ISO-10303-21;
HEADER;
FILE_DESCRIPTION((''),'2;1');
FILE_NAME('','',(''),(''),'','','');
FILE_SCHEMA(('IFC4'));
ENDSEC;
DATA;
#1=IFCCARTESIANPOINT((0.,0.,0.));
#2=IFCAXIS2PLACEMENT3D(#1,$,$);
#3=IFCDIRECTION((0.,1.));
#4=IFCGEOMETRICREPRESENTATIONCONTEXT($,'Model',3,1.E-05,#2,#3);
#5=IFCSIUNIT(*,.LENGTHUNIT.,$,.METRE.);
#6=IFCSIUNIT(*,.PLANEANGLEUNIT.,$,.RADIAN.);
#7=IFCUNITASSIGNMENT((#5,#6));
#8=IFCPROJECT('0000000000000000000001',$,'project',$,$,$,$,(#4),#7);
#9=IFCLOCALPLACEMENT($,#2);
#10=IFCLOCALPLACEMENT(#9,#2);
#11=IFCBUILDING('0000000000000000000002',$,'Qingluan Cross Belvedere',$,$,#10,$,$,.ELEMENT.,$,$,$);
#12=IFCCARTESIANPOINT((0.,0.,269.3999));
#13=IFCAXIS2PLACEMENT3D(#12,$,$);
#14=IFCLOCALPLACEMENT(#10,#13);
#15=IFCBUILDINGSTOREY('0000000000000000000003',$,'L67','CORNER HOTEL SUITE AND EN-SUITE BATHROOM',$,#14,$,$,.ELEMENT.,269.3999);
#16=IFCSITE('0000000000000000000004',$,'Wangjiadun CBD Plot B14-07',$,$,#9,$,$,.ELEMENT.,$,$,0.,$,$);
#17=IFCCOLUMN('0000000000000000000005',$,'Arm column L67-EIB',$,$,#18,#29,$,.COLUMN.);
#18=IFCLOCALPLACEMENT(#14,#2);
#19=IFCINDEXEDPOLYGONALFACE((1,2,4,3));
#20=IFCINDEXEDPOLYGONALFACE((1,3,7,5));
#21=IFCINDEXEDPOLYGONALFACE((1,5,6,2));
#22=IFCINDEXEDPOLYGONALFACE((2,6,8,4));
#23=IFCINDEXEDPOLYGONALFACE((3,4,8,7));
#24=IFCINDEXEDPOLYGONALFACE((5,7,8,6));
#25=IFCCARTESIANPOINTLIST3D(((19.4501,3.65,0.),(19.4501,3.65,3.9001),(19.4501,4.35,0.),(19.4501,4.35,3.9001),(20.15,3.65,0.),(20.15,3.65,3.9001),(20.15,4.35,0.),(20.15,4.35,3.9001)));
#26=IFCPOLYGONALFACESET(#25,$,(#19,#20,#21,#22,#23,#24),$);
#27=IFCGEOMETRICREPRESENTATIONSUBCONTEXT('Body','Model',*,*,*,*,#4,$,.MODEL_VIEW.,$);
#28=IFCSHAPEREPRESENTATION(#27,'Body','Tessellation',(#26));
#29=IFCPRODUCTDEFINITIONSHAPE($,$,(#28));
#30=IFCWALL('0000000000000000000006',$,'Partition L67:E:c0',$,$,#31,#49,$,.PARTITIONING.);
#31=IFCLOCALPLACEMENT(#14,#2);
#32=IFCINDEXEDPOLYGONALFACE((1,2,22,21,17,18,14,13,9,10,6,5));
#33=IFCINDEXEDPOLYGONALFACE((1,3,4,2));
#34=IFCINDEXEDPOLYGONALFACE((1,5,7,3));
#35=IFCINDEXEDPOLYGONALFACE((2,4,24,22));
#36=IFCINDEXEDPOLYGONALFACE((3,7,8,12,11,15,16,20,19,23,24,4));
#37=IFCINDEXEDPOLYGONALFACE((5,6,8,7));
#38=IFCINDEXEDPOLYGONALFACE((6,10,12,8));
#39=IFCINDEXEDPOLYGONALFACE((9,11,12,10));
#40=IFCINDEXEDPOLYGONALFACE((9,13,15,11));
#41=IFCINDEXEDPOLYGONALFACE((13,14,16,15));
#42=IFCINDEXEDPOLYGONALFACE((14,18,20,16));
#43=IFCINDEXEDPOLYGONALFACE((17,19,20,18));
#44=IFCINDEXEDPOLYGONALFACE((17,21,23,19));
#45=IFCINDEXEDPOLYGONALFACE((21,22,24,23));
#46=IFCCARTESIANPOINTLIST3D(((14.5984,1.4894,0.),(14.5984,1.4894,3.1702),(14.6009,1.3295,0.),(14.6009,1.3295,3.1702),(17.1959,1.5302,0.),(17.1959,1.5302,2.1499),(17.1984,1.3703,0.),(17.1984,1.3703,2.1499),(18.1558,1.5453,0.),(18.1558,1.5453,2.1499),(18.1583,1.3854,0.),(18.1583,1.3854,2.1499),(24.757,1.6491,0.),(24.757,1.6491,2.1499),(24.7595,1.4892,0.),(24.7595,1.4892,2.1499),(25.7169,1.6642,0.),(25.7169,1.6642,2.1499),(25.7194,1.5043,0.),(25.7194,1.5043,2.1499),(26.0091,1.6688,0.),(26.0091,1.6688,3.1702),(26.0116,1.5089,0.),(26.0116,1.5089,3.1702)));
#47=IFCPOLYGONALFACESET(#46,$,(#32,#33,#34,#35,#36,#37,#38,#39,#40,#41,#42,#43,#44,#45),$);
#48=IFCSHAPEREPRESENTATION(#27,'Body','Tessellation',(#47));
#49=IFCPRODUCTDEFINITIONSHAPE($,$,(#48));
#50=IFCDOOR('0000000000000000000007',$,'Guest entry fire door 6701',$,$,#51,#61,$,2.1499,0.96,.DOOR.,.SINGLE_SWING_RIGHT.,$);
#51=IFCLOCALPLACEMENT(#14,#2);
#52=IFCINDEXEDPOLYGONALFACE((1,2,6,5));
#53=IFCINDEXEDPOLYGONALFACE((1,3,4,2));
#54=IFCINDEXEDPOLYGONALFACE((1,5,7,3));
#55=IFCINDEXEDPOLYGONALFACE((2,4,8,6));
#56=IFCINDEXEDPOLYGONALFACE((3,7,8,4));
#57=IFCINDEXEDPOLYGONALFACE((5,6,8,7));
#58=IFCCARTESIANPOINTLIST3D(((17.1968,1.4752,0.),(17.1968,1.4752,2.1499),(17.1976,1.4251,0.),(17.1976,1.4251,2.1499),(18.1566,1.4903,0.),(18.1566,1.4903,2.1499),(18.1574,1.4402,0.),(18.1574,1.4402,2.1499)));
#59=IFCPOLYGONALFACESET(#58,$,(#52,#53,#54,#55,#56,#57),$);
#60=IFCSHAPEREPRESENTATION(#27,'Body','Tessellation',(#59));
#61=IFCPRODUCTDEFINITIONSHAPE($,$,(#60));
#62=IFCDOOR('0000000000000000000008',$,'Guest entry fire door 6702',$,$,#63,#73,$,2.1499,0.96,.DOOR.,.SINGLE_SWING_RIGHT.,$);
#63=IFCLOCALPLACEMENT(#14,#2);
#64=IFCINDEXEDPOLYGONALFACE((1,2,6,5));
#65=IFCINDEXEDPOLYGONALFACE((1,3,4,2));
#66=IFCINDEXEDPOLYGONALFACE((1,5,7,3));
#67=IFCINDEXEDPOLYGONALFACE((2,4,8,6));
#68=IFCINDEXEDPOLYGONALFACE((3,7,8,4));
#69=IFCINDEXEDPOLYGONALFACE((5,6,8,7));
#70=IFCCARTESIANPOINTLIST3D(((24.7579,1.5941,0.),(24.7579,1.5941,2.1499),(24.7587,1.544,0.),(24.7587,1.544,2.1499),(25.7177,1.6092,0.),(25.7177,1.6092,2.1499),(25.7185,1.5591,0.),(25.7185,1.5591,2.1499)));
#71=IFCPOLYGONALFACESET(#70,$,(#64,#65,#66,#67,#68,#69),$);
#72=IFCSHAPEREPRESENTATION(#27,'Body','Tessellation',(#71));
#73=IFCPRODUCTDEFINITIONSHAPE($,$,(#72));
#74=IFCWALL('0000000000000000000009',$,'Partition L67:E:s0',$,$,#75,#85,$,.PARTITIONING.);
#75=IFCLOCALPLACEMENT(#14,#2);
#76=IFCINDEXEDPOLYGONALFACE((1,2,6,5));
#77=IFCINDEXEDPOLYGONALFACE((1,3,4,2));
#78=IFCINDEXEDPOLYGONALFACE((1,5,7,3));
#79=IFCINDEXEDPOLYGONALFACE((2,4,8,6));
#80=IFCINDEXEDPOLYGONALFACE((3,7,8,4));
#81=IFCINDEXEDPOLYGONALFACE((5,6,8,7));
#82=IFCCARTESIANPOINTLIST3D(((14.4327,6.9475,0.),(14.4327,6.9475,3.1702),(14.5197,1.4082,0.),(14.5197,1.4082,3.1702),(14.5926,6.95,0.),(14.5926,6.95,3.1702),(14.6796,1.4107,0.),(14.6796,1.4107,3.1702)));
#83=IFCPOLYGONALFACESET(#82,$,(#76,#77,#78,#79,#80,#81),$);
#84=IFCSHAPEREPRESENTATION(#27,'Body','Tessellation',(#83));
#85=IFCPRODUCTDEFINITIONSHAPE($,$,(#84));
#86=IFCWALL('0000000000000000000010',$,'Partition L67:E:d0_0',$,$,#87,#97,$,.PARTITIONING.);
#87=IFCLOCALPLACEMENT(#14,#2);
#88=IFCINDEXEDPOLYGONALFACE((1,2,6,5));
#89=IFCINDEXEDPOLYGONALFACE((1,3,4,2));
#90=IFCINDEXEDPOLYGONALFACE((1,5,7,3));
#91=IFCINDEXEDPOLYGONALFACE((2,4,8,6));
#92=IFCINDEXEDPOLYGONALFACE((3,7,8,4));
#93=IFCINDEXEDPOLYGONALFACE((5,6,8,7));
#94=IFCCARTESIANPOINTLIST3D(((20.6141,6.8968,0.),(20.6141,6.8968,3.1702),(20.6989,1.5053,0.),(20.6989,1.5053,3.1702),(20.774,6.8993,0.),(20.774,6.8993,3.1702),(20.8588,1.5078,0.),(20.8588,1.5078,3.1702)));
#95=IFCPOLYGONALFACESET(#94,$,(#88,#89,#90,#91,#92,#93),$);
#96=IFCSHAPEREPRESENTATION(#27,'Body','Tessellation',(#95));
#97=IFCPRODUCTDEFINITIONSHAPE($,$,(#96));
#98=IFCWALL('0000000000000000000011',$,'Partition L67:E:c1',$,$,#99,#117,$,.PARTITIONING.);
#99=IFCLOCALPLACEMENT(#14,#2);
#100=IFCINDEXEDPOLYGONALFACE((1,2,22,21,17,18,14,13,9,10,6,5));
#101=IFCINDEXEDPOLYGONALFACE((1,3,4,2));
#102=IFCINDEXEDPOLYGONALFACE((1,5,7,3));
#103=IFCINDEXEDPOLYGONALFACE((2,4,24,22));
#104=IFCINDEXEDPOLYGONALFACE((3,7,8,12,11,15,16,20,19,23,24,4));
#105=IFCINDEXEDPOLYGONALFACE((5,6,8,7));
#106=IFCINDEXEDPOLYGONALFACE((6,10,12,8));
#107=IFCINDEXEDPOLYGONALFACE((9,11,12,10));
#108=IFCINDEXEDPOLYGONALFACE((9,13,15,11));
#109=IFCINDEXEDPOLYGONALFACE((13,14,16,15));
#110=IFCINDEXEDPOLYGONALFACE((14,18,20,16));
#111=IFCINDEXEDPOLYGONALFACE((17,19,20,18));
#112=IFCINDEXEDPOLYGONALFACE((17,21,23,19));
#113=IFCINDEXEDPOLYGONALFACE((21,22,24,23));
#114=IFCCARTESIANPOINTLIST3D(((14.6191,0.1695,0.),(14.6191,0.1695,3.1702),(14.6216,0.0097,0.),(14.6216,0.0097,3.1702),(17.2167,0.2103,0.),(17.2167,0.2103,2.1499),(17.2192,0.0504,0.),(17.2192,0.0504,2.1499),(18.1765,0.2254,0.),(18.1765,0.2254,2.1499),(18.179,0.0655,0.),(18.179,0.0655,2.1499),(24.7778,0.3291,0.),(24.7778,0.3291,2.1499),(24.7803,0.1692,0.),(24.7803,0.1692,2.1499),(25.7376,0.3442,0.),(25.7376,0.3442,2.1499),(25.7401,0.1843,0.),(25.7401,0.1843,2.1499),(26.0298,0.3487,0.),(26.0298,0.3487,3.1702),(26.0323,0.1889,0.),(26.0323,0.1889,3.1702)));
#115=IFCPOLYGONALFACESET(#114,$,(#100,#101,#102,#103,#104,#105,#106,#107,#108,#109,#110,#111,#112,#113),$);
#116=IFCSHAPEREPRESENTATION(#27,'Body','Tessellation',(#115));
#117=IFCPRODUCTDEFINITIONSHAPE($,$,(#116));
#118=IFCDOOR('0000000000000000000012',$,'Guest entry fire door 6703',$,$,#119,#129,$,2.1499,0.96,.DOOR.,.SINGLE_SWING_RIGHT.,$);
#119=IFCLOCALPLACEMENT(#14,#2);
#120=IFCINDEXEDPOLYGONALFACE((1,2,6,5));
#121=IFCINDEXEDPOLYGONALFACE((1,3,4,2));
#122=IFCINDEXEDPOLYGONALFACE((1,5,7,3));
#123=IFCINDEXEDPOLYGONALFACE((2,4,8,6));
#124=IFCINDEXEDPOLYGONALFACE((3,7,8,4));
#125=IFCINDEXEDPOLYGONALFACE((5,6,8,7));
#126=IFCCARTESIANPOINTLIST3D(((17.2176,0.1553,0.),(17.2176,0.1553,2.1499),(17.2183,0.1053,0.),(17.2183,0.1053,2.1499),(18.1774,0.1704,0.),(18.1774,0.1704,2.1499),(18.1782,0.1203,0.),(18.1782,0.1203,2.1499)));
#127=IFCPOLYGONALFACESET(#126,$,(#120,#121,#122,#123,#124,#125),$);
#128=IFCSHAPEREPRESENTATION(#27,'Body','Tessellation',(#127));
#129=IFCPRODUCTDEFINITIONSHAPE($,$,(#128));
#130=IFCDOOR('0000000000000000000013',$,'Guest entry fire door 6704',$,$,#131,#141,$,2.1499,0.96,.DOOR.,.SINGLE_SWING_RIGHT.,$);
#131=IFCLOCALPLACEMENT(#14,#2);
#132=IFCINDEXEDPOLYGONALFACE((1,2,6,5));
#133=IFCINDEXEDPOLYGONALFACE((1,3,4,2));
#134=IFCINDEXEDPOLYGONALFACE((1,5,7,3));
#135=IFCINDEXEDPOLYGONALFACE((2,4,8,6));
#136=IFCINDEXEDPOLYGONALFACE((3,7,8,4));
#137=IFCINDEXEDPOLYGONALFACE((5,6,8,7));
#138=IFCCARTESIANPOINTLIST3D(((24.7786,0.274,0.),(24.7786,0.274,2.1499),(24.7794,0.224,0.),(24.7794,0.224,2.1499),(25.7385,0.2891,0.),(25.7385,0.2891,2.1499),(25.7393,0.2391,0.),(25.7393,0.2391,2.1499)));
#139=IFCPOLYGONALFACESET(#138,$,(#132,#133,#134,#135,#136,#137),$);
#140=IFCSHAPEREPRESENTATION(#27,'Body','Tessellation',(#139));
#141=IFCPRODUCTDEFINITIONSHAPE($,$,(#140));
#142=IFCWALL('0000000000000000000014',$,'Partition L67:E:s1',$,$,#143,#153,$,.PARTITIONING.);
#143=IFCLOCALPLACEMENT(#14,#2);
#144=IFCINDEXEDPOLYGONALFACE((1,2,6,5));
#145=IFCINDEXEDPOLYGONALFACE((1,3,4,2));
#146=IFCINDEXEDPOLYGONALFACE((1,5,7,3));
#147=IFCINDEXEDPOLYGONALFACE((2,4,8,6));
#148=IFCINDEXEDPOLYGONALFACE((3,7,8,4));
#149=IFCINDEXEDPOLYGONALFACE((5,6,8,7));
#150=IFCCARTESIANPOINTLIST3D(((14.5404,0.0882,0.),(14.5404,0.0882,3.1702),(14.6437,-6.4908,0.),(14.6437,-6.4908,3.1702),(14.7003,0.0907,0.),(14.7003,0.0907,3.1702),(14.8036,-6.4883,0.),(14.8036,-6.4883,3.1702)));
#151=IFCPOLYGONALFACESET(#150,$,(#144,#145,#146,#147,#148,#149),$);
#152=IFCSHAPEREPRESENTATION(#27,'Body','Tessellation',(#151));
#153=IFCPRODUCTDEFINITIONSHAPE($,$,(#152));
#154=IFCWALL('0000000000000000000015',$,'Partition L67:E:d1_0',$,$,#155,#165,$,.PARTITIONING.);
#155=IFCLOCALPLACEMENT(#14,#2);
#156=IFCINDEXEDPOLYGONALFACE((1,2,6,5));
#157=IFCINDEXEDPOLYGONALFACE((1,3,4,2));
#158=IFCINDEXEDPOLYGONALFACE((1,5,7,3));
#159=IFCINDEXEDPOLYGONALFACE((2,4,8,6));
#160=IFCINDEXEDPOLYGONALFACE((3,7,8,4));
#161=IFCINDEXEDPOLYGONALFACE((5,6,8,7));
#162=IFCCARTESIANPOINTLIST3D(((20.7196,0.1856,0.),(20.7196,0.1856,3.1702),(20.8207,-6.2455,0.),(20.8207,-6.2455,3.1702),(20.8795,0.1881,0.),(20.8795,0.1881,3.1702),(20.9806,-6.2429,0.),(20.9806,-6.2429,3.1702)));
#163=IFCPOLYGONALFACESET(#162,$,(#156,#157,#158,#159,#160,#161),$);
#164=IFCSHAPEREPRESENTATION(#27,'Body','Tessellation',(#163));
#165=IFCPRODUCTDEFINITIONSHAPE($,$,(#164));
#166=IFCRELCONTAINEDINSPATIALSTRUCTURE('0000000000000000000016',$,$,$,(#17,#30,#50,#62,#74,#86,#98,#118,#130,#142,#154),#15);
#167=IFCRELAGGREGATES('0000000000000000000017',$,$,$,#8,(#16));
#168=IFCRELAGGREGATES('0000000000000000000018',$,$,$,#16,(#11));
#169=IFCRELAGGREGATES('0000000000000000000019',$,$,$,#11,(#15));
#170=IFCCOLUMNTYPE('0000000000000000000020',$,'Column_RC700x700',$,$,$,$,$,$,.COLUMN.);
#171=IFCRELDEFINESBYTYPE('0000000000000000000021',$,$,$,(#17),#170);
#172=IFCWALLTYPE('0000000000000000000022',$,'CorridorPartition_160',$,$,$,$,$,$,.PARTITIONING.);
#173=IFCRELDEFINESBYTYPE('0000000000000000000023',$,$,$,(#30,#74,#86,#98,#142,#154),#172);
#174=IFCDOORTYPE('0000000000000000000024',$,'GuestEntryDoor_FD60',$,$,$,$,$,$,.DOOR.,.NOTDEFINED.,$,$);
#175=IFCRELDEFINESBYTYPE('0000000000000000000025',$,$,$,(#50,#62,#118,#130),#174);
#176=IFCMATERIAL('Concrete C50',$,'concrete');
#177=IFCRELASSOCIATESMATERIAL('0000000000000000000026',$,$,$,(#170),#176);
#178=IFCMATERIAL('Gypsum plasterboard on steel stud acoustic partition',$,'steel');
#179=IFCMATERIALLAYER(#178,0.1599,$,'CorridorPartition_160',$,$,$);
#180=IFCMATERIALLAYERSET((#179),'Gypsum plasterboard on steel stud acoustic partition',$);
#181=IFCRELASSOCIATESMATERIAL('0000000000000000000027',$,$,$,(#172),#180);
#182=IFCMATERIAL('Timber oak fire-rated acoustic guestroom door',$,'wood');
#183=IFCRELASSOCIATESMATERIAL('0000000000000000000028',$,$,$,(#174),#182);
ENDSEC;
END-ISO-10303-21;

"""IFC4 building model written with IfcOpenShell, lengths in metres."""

from ifc_helpers import new_model, si_unit, direction, frame, frame_2d, origin, origin_2d, place, context, subcontext, project, spatial, rectangle, extrude, material, layer, layer_set, material_profile, profile_set, type_object, element, fill, save


model = new_model("IFC4")

# Units and contexts
model_context = context("Model", 3, precision=1e-05, world=origin(), true_north=direction((0.0, 1.0)))
body_context = subcontext(model_context, "Body", "Model", "MODEL_VIEW")
ifc_project = project(units=[si_unit("LENGTHUNIT", "METRE"), si_unit("PLANEANGLEUNIT", "RADIAN")], contexts=[model_context])

# Site, building, storey
site_placement = place(None, origin())
site = spatial("IfcSite", under=ifc_project, at=site_placement, Name="Wangjiadun CBD Plot B14-07", CompositionType="ELEMENT", RefElevation=0.0)
building_placement = place(site_placement, origin())
building = spatial("IfcBuilding", under=site, at=building_placement, Name="Qingluan Cross Belvedere", CompositionType="ELEMENT")
storey_placement = place(building_placement, frame((0.0, 0.0, 269.3999)))
storey = spatial("IfcBuildingStorey", under=building, at=storey_placement, Name="L67", Description="CORNER HOTEL SUITE AND EN-SUITE BATHROOM", CompositionType="ELEMENT", Elevation=269.3999)

# Column
ifc_material_1 = material(Name="Concrete C50", Category="concrete")
ifc_material_profile = material_profile(ifc_material_1, rectangle(XDim=0.7, YDim=0.7, at=origin_2d()), Name="RC700x700")
ifc_profile_set = profile_set([ifc_material_profile], Name="Concrete C50")
column_type = type_object("IfcColumnType", Name="Column_RC700x700", PredefinedType="COLUMN", material=ifc_profile_set)
column_placement = place(storey_placement, frame((19.8, 4.0, 0.0), z_axis=(0.0, 0.0, 1.0), x_axis=(1.0, 0.0, 0.0)))
element("IfcColumn", 1, at=column_placement, inside=storey, type_object=column_type, Name="Arm column L67-EIB", PredefinedType="COLUMN", context=body_context, shape_type="SweptSolid", body=[
    extrude(rectangle(XDim=0.7, YDim=0.7, at=origin_2d()), origin(), (0.0, 0.0, 1.0), 3.9001),
])

# Wall, openings, doors
ifc_material_2 = material(Name="Gypsum plasterboard on steel stud acoustic partition", Category="steel")
ifc_layer_1 = layer(ifc_material_2, 0.1599, Name="CorridorPartition_160")
ifc_layer_set_1 = layer_set([ifc_layer_1], Name="Gypsum plasterboard on steel stud acoustic partition")
wall_type_1 = type_object("IfcWallType", Name="CorridorPartition_160", PredefinedType="PARTITIONING", material=ifc_layer_set_1)
wall_1_placement = place(storey_placement, frame((14.5996, 1.4094, 0.0), z_axis=(0.0, 0.0, 1.0), x_axis=(0.999876, 0.015724, 0.0)))
wall_1 = element("IfcWall", 2, at=wall_1_placement, inside=storey, type_object=wall_type_1, Name="Partition L67:E:c0", PredefinedType="PARTITIONING", context=body_context, shape_type="SweptSolid", body=[
    extrude(rectangle(XDim=11.4121, YDim=0.1599, at=frame_2d((5.7061, 0.0))), origin(), (0.0, 0.0, 1.0), 3.1702),
])
opening_1_placement = place(wall_1_placement, frame((2.5979, 0.0, 0.0)))
opening_1 = element("IfcOpeningElement", 3, at=opening_1_placement, cuts=wall_1, PredefinedType="OPENING", context=body_context, shape_type="SweptSolid", body=[
    extrude(rectangle(XDim=0.96, YDim=2.1499, at=frame_2d((0.48, 1.075))), frame((0.0, 0.0898, 0.0), z_axis=(0.0, -1.0, 0.0), x_axis=(1.0, 0.0, 0.0)), (0.0, 0.0, 1.0), 0.1799),
])
opening_2_placement = place(wall_1_placement, frame((10.1599, 0.0, 0.0)))
opening_2 = element("IfcOpeningElement", 4, at=opening_2_placement, cuts=wall_1, PredefinedType="OPENING", context=body_context, shape_type="SweptSolid", body=[
    extrude(rectangle(XDim=0.96, YDim=2.1499, at=frame_2d((0.48, 1.075))), frame((0.0, 0.0898, 0.0), z_axis=(0.0, -1.0, 0.0), x_axis=(1.0, 0.0, 0.0)), (0.0, 0.0, 1.0), 0.1799),
])
ifc_material_3 = material(Name="Timber oak fire-rated acoustic guestroom door", Category="wood")
door_type_1 = type_object("IfcDoorType", Name="GuestEntryDoor_FD60", OperationType="NOTDEFINED", PredefinedType="DOOR", material=ifc_material_3)
door_1_placement = place(opening_1_placement, origin())
door_1 = element("IfcDoor", 5, at=door_1_placement, inside=storey, type_object=door_type_1, Name="Guest entry fire door 6701", OperationType="SINGLE_SWING_RIGHT", OverallHeight=2.1499, OverallWidth=0.96, PredefinedType="DOOR", context=body_context, shape_type="SweptSolid", body=[
    extrude(rectangle(XDim=0.96, YDim=2.1499, at=frame_2d((0.48, 1.075))), frame((0.0, 0.0249, 0.0), z_axis=(0.0, -1.0, 0.0), x_axis=(1.0, 0.0, 0.0)), (0.0, 0.0, 1.0), 0.05),
])
fill(opening_1, door_1)
door_2_placement = place(opening_2_placement, origin())
door_2 = element("IfcDoor", 6, at=door_2_placement, inside=storey, type_object=door_type_1, Name="Guest entry fire door 6702", OperationType="SINGLE_SWING_RIGHT", OverallHeight=2.1499, OverallWidth=0.96, PredefinedType="DOOR", context=body_context, shape_type="SweptSolid", body=[
    extrude(rectangle(XDim=0.96, YDim=2.1499, at=frame_2d((0.48, 1.075))), frame((0.0, 0.0249, 0.0), z_axis=(0.0, -1.0, 0.0), x_axis=(1.0, 0.0, 0.0)), (0.0, 0.0, 1.0), 0.05),
])
fill(opening_2, door_2)

# Walls
wall_2_placement = place(storey_placement, frame((14.5996, 1.4094, 0.0), z_axis=(0.0, 0.0, 1.0), x_axis=(-0.015688, 0.999877, 0.0)))
element("IfcWall", 7, at=wall_2_placement, inside=storey, type_object=wall_type_1, Name="Partition L67:E:s0", PredefinedType="PARTITIONING", context=body_context, shape_type="SweptSolid", body=[
    extrude(rectangle(XDim=5.54, YDim=0.1599, at=frame_2d((2.77, 0.0))), origin(), (0.0, 0.0, 1.0), 3.1702),
])
wall_3_placement = place(storey_placement, frame((20.7788, 1.5066, 0.0), z_axis=(0.0, 0.0, 1.0), x_axis=(-0.015712, 0.999877, 0.0)))
element("IfcWall", 8, at=wall_3_placement, inside=storey, type_object=wall_type_1, Name="Partition L67:E:d0_0", PredefinedType="PARTITIONING", context=body_context, shape_type="SweptSolid", body=[
    extrude(rectangle(XDim=5.3921, YDim=0.1599, at=frame_2d((2.696, 0.0))), origin(), (0.0, 0.0, 1.0), 3.1702),
])

# Wall, openings, doors
wall_4_placement = place(storey_placement, frame((14.6204, 0.0896, 0.0), z_axis=(0.0, 0.0, 1.0), x_axis=(0.999877, 0.015703, 0.0)))
wall_4 = element("IfcWall", 9, at=wall_4_placement, inside=storey, type_object=wall_type_1, Name="Partition L67:E:c1", PredefinedType="PARTITIONING", context=body_context, shape_type="SweptSolid", body=[
    extrude(rectangle(XDim=11.4121, YDim=0.1599, at=frame_2d((5.7061, 0.0))), origin(), (0.0, 0.0, 1.0), 3.1702),
])
opening_3_placement = place(wall_4_placement, frame((2.5979, 0.0, 0.0)))
opening_3 = element("IfcOpeningElement", 10, at=opening_3_placement, cuts=wall_4, PredefinedType="OPENING", context=body_context, shape_type="SweptSolid", body=[
    extrude(rectangle(XDim=0.96, YDim=2.1499, at=frame_2d((0.48, 1.075))), frame((0.0, 0.0898, 0.0), z_axis=(0.0, -1.0, 0.0), x_axis=(1.0, 0.0, 0.0)), (0.0, 0.0, 1.0), 0.1799),
])
opening_4_placement = place(wall_4_placement, frame((10.1599, 0.0, 0.0)))
opening_4 = element("IfcOpeningElement", 11, at=opening_4_placement, cuts=wall_4, PredefinedType="OPENING", context=body_context, shape_type="SweptSolid", body=[
    extrude(rectangle(XDim=0.96, YDim=2.1499, at=frame_2d((0.48, 1.075))), frame((0.0, 0.0898, 0.0), z_axis=(0.0, -1.0, 0.0), x_axis=(1.0, 0.0, 0.0)), (0.0, 0.0, 1.0), 0.1799),
])
door_3_placement = place(opening_3_placement, origin())
door_3 = element("IfcDoor", 12, at=door_3_placement, inside=storey, type_object=door_type_1, Name="Guest entry fire door 6703", OperationType="SINGLE_SWING_RIGHT", OverallHeight=2.1499, OverallWidth=0.96, PredefinedType="DOOR", context=body_context, shape_type="SweptSolid", body=[
    extrude(rectangle(XDim=0.96, YDim=2.1499, at=frame_2d((0.48, 1.075))), frame((0.0, 0.0249, 0.0), z_axis=(0.0, -1.0, 0.0), x_axis=(1.0, 0.0, 0.0)), (0.0, 0.0, 1.0), 0.05),
])
fill(opening_3, door_3)
door_4_placement = place(opening_4_placement, origin())
door_4 = element("IfcDoor", 13, at=door_4_placement, inside=storey, type_object=door_type_1, Name="Guest entry fire door 6704", OperationType="SINGLE_SWING_RIGHT", OverallHeight=2.1499, OverallWidth=0.96, PredefinedType="DOOR", context=body_context, shape_type="SweptSolid", body=[
    extrude(rectangle(XDim=0.96, YDim=2.1499, at=frame_2d((0.48, 1.075))), frame((0.0, 0.0249, 0.0), z_axis=(0.0, -1.0, 0.0), x_axis=(1.0, 0.0, 0.0)), (0.0, 0.0, 1.0), 0.05),
])
fill(opening_4, door_4)

# Walls
wall_5_placement = place(storey_placement, frame((14.6204, 0.0896, 0.0), z_axis=(0.0, 0.0, 1.0), x_axis=(0.015695, -0.999877, 0.0)))
element("IfcWall", 14, at=wall_5_placement, inside=storey, type_object=wall_type_1, Name="Partition L67:E:s1", PredefinedType="PARTITIONING", context=body_context, shape_type="SweptSolid", body=[
    extrude(rectangle(XDim=6.5798, YDim=0.1599, at=frame_2d((3.29, 0.0))), origin(), (0.0, 0.0, 1.0), 3.1702),
])
wall_6_placement = place(storey_placement, frame((20.7996, 0.1868, 0.0), z_axis=(0.0, 0.0, 1.0), x_axis=(0.015714, -0.999877, 0.0)))
element("IfcWall", 15, at=wall_6_placement, inside=storey, type_object=wall_type_1, Name="Partition L67:E:d1_0", PredefinedType="PARTITIONING", context=body_context, shape_type="SweptSolid", body=[
    extrude(rectangle(XDim=6.4319, YDim=0.1599, at=frame_2d((3.2158, 0.0))), origin(), (0.0, 0.0, 1.0), 3.1702),
])

save(model, "model.ifc")
